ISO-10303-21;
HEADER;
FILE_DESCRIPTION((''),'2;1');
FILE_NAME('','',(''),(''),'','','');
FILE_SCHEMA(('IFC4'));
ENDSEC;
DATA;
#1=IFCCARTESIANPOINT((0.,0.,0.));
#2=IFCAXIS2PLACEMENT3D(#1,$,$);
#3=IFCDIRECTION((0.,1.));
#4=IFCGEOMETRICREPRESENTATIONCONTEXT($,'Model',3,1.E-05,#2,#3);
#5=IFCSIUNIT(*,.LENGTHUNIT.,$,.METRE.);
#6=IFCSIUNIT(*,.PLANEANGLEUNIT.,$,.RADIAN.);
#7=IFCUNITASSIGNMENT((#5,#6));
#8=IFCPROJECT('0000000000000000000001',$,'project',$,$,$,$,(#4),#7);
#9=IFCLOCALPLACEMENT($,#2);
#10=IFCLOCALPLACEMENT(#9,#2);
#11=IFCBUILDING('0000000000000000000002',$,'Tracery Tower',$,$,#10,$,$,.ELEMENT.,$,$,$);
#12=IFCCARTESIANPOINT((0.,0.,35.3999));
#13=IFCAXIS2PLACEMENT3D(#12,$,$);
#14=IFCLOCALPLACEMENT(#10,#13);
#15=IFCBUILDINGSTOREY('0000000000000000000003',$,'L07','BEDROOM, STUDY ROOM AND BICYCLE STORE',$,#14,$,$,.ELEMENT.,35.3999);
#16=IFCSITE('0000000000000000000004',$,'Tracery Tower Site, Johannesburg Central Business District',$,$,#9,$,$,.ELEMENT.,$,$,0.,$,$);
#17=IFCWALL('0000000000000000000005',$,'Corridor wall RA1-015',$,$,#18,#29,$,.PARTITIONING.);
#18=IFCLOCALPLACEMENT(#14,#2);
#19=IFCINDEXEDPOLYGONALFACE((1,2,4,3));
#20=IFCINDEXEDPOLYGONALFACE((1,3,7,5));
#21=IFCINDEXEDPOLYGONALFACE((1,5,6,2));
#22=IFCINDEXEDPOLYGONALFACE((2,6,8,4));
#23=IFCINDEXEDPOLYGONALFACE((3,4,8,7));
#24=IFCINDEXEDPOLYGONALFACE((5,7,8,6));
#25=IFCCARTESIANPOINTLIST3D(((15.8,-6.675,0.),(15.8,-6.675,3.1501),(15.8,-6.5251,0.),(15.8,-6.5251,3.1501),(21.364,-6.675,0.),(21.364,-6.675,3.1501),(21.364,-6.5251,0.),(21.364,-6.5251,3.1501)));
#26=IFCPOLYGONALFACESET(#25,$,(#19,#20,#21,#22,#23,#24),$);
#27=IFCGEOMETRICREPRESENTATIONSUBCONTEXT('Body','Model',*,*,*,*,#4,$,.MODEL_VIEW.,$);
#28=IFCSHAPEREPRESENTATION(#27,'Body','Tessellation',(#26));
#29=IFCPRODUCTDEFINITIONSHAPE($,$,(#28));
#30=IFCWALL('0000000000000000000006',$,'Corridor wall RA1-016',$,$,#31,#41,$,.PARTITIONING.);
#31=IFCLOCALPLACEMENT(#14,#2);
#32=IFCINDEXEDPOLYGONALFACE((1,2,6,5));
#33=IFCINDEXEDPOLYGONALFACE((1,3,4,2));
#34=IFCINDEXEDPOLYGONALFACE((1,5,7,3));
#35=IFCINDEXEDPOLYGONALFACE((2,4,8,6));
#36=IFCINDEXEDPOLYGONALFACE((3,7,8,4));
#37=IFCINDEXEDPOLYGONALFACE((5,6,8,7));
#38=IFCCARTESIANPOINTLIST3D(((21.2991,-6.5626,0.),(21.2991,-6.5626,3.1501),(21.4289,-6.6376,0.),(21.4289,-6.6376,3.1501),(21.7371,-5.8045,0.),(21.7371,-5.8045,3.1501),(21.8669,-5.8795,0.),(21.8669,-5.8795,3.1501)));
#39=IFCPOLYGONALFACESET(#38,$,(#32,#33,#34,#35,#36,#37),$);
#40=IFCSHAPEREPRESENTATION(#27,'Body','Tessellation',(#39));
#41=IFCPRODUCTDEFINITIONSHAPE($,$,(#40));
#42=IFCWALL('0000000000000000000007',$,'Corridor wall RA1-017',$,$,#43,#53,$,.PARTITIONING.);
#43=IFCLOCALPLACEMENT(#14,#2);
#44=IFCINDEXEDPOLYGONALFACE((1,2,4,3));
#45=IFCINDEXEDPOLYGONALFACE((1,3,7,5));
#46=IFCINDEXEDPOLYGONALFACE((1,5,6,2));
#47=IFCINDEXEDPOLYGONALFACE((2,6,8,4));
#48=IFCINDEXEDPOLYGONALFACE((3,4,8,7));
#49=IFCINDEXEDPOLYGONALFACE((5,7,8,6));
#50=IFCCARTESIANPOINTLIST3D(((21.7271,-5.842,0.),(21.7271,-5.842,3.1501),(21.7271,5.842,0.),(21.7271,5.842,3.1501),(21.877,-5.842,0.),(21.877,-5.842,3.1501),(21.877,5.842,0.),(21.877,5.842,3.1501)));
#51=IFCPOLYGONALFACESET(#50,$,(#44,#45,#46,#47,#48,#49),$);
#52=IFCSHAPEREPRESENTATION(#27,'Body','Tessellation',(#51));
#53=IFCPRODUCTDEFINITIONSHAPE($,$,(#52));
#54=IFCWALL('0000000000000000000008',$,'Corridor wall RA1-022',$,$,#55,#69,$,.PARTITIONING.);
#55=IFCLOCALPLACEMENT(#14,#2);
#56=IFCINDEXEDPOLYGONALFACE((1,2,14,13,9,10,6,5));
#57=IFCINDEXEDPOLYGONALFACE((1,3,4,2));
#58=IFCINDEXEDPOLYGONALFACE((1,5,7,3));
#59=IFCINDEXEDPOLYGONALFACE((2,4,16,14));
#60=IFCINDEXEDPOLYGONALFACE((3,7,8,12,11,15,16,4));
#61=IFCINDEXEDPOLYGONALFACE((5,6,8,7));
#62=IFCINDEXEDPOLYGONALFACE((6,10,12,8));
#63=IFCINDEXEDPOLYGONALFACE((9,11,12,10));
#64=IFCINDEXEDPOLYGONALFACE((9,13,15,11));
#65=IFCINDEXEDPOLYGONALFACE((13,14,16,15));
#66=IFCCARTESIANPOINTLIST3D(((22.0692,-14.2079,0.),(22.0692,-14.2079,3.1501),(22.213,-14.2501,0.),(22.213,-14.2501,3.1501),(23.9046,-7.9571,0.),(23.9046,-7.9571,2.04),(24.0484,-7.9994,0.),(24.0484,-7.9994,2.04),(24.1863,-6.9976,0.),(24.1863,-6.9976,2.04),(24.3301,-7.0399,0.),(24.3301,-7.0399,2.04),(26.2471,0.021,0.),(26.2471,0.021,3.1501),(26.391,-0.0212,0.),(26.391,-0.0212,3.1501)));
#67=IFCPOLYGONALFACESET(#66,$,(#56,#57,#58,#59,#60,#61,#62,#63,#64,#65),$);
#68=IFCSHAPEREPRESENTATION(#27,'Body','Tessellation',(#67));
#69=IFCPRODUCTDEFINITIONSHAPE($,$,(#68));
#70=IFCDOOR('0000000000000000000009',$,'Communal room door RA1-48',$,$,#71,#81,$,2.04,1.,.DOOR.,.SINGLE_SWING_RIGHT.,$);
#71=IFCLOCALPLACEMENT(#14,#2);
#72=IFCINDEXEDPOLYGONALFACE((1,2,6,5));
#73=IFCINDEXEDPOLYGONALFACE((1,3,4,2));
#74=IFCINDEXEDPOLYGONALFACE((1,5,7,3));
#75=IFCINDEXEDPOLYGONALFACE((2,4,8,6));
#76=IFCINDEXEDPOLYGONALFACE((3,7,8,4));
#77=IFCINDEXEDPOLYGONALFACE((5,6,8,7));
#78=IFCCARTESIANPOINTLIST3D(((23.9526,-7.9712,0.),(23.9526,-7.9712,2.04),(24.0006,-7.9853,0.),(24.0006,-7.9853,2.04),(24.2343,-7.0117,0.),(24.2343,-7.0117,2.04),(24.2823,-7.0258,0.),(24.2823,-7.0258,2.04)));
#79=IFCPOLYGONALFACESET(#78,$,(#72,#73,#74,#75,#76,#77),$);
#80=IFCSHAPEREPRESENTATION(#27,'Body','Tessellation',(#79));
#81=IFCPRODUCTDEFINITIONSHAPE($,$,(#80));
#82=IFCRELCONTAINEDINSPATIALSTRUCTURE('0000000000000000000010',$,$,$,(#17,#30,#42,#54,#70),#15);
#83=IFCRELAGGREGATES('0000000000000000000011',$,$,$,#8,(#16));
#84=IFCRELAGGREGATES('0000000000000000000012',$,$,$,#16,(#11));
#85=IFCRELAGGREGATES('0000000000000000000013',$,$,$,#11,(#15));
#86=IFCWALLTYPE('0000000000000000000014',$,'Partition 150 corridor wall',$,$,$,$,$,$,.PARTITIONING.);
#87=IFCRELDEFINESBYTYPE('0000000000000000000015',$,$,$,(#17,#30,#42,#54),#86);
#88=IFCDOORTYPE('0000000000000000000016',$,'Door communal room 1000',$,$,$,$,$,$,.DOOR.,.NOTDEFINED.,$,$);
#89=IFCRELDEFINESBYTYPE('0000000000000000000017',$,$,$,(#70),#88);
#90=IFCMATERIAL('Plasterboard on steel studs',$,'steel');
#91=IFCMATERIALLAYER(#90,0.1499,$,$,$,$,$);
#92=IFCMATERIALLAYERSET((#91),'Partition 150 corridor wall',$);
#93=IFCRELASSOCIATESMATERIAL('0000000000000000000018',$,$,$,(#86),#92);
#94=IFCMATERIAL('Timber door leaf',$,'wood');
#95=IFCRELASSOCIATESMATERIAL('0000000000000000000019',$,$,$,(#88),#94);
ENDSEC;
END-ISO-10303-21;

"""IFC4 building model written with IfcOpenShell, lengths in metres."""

from ifc_helpers import new_model, si_unit, direction, frame, frame_2d, origin, place, context, subcontext, project, spatial, rectangle, extrude, material, layer, layer_set, type_object, element, fill, save


model = new_model("IFC4")

# Units and contexts
model_context = context("Model", 3, precision=1e-05, world=origin(), true_north=direction((0.0, 1.0)))
body_context = subcontext(model_context, "Body", "Model", "MODEL_VIEW")
ifc_project = project(units=[si_unit("LENGTHUNIT", "METRE"), si_unit("PLANEANGLEUNIT", "RADIAN")], contexts=[model_context])

# Site, building, storey
site_placement = place(None, origin())
site = spatial("IfcSite", under=ifc_project, at=site_placement, Name="Tracery Tower Site, Johannesburg Central Business District", CompositionType="ELEMENT", RefElevation=0.0)
building_placement = place(site_placement, origin())
building = spatial("IfcBuilding", under=site, at=building_placement, Name="Tracery Tower", CompositionType="ELEMENT")
storey_placement = place(building_placement, frame((0.0, 0.0, 35.3999)))
storey = spatial("IfcBuildingStorey", under=building, at=storey_placement, Name="L07", Description="BEDROOM, STUDY ROOM AND BICYCLE STORE", CompositionType="ELEMENT", Elevation=35.3999)

# Shared definitions
ifc_material_1 = material(Name="Plasterboard on steel studs", Category="steel")
ifc_layer_1 = layer(ifc_material_1, 0.1499)
ifc_layer_set_1 = layer_set([ifc_layer_1], Name="Partition 150 corridor wall")
wall_type_1 = type_object("IfcWallType", Name="Partition 150 corridor wall", PredefinedType="PARTITIONING", material=ifc_layer_set_1)

# Walls
wall_1_placement = place(storey_placement, frame((15.8, -6.6001, 0.0), z_axis=(0.0, 0.0, 1.0), x_axis=(1.0, 0.0, 0.0)))
element("IfcWall", 1, at=wall_1_placement, inside=storey, type_object=wall_type_1, Name="Corridor wall RA1-015", PredefinedType="PARTITIONING", context=body_context, shape_type="SweptSolid", body=[
    extrude(rectangle(XDim=5.564, YDim=0.1499, at=frame_2d((2.782, 0.0))), origin(), (0.0, 0.0, 1.0), 3.1501),
])
wall_2_placement = place(storey_placement, frame((21.364, -6.6001, 0.0), z_axis=(0.0, 0.0, 1.0), x_axis=(0.500278, 0.865865, 0.0)))
element("IfcWall", 2, at=wall_2_placement, inside=storey, type_object=wall_type_1, Name="Corridor wall RA1-016", PredefinedType="PARTITIONING", context=body_context, shape_type="SweptSolid", body=[
    extrude(rectangle(XDim=0.8755, YDim=0.1499, at=frame_2d((0.4377, 0.0))), origin(), (0.0, 0.0, 1.0), 3.1501),
])
wall_3_placement = place(storey_placement, frame((21.802, -5.842, 0.0), z_axis=(0.0, 0.0, 1.0), x_axis=(0.0, 1.0, 0.0)))
element("IfcWall", 3, at=wall_3_placement, inside=storey, type_object=wall_type_1, Name="Corridor wall RA1-017", PredefinedType="PARTITIONING", context=body_context, shape_type="SweptSolid", body=[
    extrude(rectangle(XDim=11.6841, YDim=0.1499, at=frame_2d((5.842, 0.0))), origin(), (0.0, 0.0, 1.0), 3.1501),
])

# Wall, opening, door
wall_4_placement = place(storey_placement, frame((22.1411, -14.229, 0.0), z_axis=(0.0, 0.0, 1.0), x_axis=(0.28173, 0.959494, 0.0)))
wall_4 = element("IfcWall", 4, at=wall_4_placement, inside=storey, type_object=wall_type_1, Name="Corridor wall RA1-022", PredefinedType="PARTITIONING", context=body_context, shape_type="SweptSolid", body=[
    extrude(rectangle(XDim=14.8296, YDim=0.1499, at=frame_2d((7.4148, 0.0))), origin(), (0.0, 0.0, 1.0), 3.1501),
])
opening_1_placement = place(wall_4_placement, frame((6.5146, 0.0, 0.0)))
opening_1 = element("IfcOpeningElement", 5, at=opening_1_placement, cuts=wall_4, PredefinedType="OPENING", context=body_context, shape_type="SweptSolid", body=[
    extrude(rectangle(XDim=1.0, YDim=2.04, at=frame_2d((0.5, 1.02))), frame((0.0, 0.075, 0.0), z_axis=(0.0, -1.0, 0.0), x_axis=(1.0, 0.0, 0.0)), (0.0, 0.0, 1.0), 0.1499),
])
ifc_material_2 = material(Name="Timber door leaf", Category="wood")
door_type_1 = type_object("IfcDoorType", Name="Door communal room 1000", OperationType="NOTDEFINED", PredefinedType="DOOR", material=ifc_material_2)
door_1_placement = place(opening_1_placement, origin())
door_1 = element("IfcDoor", 6, at=door_1_placement, inside=storey, type_object=door_type_1, Name="Communal room door RA1-48", OperationType="SINGLE_SWING_RIGHT", OverallHeight=2.04, OverallWidth=1.0, PredefinedType="DOOR", context=body_context, shape_type="SweptSolid", body=[
    extrude(rectangle(XDim=1.0, YDim=2.04, at=frame_2d((0.5, 1.02))), frame((0.0, 0.0249, 0.0), z_axis=(0.0, -1.0, 0.0), x_axis=(1.0, 0.0, 0.0)), (0.0, 0.0, 1.0), 0.05),
])
fill(opening_1, door_1)

save(model, "model.ifc")
